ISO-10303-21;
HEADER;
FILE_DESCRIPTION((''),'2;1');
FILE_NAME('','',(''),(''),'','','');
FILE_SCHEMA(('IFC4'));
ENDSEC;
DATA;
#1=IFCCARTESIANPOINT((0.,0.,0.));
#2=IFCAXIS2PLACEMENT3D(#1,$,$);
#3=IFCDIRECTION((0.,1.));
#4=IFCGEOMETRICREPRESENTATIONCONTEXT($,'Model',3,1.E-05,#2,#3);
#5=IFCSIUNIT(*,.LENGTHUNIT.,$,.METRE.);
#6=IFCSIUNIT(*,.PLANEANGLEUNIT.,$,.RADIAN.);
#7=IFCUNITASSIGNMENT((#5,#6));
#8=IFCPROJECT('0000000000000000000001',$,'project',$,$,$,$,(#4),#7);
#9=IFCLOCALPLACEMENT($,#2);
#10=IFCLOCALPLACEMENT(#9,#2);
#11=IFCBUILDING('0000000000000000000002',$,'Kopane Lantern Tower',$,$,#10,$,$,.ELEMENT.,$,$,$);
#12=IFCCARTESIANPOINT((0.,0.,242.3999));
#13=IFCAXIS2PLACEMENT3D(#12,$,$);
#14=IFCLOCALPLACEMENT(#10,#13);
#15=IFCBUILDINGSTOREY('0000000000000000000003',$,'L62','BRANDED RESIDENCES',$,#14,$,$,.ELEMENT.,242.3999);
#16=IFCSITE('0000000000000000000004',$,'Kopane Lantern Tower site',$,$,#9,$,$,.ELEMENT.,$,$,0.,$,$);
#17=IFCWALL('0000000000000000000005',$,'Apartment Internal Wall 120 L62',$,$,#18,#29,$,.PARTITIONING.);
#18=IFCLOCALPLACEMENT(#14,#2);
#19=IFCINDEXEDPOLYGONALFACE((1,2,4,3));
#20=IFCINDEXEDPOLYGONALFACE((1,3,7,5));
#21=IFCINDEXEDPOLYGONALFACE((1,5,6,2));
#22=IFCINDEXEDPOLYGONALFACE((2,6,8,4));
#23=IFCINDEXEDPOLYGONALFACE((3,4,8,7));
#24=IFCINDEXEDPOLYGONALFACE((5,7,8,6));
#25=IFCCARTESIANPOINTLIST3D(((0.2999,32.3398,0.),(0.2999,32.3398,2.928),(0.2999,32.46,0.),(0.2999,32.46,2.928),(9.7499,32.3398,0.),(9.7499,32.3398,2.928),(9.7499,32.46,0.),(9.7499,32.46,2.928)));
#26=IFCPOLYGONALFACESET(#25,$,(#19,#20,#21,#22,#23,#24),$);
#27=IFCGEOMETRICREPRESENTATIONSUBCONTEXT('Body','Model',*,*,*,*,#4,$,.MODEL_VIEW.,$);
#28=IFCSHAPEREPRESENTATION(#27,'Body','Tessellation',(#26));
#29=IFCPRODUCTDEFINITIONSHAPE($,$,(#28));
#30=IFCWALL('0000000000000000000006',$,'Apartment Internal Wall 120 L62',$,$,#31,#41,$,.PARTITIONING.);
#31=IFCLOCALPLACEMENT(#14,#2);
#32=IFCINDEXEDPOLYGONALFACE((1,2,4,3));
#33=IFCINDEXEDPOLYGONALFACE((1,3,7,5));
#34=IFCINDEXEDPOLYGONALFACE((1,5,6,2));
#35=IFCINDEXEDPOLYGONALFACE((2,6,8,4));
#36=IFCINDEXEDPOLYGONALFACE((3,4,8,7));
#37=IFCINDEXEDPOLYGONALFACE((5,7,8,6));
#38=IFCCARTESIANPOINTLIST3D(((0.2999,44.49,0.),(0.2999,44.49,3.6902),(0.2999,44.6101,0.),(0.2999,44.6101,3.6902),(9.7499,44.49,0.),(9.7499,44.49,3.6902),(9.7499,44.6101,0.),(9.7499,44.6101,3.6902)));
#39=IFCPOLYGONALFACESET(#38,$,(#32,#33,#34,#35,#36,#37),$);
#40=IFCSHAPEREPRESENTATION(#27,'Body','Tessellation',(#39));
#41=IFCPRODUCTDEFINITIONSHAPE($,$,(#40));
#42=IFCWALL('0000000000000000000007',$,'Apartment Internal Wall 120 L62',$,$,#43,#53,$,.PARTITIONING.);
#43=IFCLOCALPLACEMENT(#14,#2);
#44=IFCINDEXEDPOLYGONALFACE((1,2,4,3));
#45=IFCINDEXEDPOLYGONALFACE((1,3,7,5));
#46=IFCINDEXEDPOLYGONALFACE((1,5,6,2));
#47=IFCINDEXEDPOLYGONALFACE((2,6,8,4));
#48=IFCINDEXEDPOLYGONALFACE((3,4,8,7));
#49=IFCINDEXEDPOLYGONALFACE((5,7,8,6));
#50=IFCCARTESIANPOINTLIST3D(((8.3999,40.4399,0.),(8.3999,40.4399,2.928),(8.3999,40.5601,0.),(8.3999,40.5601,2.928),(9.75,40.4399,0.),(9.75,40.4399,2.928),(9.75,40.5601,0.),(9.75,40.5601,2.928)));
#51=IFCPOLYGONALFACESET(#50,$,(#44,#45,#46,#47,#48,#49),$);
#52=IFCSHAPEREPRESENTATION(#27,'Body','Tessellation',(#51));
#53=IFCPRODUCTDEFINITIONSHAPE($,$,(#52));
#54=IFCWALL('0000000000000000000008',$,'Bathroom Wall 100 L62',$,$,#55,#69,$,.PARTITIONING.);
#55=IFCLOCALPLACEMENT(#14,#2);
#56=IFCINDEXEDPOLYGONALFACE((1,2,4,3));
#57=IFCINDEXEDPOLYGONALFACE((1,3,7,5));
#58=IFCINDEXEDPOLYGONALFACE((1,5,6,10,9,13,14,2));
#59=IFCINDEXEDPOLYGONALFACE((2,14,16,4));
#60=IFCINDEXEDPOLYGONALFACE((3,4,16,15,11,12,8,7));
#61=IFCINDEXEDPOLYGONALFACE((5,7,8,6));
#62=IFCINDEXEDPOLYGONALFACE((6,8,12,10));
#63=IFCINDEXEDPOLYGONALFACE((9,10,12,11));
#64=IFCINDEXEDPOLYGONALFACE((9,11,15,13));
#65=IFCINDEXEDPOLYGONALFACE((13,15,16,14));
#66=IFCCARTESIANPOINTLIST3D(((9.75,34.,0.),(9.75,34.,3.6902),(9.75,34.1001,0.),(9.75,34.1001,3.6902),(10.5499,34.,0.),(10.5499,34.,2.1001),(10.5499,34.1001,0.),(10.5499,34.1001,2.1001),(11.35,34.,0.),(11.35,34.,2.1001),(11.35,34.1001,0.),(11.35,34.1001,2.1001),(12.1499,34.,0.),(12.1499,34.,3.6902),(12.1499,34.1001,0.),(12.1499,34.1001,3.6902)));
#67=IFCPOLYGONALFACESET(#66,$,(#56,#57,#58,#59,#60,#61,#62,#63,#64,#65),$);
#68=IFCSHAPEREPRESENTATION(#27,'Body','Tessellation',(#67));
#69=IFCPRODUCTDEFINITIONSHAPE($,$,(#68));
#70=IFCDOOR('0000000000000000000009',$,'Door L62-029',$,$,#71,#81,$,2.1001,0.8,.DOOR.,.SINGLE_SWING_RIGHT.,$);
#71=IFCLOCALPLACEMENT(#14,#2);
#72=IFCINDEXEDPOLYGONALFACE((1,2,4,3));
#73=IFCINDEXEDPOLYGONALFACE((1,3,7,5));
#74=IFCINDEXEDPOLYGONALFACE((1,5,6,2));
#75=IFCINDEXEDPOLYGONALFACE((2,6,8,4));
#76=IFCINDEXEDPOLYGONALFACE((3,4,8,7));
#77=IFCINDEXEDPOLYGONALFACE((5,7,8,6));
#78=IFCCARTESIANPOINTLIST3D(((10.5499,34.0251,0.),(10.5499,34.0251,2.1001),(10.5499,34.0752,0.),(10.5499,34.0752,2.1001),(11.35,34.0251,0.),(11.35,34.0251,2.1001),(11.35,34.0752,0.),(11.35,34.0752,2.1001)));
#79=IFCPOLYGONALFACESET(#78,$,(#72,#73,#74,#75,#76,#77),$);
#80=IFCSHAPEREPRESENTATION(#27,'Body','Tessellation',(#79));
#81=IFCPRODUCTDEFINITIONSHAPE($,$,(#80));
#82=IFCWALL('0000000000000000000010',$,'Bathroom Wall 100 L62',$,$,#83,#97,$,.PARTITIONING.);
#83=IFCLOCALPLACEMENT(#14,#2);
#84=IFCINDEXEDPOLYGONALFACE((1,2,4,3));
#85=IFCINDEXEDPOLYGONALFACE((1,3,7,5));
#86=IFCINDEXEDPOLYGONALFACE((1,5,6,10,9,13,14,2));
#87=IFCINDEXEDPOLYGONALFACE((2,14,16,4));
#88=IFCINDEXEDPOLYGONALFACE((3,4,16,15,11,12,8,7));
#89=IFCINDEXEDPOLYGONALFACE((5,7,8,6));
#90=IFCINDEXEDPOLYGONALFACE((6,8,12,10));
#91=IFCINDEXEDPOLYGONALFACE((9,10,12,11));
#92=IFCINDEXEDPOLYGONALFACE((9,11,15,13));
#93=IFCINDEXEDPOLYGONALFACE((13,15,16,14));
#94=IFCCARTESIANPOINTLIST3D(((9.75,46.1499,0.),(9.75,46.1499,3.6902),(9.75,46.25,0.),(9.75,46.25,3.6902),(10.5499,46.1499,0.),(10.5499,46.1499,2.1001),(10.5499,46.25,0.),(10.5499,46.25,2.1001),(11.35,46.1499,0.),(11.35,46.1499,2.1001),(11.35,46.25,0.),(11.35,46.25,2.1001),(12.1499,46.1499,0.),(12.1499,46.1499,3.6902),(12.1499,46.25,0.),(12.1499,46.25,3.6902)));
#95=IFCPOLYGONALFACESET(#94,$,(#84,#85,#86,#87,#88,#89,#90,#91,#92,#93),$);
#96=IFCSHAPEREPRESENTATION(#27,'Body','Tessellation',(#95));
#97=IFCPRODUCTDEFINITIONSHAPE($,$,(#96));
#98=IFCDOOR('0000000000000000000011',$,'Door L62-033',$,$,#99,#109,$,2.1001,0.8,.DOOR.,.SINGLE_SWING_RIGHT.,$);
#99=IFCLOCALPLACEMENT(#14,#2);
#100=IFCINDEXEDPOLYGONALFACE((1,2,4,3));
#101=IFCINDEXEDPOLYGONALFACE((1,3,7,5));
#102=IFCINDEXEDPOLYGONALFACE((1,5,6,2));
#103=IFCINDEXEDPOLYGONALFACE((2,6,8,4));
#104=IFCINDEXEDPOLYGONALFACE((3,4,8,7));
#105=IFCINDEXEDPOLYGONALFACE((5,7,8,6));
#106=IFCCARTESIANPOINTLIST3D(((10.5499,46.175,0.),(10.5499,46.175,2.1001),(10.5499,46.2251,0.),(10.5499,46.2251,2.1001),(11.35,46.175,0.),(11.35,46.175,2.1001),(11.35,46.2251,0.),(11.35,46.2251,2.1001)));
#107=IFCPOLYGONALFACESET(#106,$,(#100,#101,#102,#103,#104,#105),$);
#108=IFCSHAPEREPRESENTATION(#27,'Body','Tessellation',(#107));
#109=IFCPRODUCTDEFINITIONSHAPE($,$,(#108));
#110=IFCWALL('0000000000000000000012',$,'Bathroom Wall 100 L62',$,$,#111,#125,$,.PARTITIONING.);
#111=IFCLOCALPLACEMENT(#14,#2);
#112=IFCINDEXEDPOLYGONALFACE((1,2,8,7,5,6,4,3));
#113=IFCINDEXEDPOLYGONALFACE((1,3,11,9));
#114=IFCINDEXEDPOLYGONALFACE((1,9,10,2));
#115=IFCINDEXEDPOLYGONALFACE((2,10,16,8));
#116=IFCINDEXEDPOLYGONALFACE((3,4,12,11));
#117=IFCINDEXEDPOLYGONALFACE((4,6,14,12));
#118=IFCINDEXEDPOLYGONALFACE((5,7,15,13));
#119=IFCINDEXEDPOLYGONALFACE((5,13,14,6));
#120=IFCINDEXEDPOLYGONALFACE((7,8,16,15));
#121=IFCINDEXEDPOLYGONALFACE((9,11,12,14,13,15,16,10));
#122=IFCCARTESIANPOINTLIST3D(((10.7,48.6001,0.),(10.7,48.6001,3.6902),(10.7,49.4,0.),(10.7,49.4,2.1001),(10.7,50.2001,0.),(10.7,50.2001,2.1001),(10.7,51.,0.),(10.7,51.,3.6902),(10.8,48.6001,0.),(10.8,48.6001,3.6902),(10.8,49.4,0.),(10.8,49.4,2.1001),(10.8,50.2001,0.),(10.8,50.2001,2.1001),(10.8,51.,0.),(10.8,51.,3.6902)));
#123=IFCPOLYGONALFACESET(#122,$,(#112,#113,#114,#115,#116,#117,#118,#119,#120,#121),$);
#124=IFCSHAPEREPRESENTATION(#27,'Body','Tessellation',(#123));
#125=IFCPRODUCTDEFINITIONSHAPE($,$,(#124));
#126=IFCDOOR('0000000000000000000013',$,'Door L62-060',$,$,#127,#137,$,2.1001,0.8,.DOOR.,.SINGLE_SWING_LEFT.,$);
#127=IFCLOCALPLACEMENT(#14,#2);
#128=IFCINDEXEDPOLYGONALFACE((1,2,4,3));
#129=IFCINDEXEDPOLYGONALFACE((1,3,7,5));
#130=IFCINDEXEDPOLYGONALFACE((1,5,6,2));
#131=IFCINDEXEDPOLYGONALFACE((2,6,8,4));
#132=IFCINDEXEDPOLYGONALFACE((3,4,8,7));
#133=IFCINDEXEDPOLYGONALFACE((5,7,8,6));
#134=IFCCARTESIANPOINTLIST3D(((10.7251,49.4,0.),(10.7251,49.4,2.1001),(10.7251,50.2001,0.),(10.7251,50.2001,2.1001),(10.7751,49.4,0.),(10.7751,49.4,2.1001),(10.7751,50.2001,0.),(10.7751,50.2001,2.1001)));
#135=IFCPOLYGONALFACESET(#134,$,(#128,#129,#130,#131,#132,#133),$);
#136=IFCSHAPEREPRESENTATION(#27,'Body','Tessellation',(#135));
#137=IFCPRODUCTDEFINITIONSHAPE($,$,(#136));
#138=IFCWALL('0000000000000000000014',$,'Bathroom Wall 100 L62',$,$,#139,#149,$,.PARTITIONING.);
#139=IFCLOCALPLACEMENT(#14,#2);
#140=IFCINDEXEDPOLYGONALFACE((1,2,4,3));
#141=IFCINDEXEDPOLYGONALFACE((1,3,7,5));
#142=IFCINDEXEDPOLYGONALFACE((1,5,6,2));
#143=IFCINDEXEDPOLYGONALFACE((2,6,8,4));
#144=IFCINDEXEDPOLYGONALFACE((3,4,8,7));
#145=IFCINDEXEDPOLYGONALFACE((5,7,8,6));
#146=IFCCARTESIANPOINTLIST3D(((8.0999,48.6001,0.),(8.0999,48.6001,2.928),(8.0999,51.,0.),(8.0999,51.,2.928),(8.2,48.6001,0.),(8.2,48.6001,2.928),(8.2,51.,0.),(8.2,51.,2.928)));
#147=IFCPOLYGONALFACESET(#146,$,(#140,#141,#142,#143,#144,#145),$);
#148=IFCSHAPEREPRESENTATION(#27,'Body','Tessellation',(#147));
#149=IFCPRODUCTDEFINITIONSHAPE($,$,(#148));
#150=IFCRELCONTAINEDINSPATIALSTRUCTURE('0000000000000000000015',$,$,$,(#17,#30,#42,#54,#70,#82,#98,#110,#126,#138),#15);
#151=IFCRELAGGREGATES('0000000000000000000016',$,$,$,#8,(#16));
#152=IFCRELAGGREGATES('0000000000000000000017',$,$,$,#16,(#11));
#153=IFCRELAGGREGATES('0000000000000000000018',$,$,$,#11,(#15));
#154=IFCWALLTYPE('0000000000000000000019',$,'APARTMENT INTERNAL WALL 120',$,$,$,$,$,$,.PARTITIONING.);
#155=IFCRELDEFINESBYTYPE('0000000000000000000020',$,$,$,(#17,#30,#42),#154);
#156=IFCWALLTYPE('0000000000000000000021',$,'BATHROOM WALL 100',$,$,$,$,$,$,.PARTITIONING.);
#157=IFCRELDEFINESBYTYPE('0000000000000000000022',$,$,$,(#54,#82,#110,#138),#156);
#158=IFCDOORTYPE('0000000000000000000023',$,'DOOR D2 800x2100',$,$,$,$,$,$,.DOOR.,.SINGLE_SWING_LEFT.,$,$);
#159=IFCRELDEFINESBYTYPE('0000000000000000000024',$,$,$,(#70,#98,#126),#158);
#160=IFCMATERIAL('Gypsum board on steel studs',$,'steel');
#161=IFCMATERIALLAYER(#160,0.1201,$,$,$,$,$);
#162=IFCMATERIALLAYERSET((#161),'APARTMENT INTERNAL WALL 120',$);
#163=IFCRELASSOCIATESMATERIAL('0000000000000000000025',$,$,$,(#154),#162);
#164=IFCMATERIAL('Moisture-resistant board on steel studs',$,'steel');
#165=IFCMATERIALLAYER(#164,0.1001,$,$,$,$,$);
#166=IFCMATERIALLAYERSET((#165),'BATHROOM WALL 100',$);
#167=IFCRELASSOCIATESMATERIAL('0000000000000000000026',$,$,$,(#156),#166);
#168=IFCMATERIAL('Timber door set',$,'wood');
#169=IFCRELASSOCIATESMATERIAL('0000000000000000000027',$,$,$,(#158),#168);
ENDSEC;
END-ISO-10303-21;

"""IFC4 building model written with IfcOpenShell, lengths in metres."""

from ifc_helpers import new_model, si_unit, direction, frame, frame_2d, origin, place, context, subcontext, project, spatial, rectangle, extrude, material, layer, layer_set, type_object, element, fill, save


model = new_model("IFC4")

# Units and contexts
model_context = context("Model", 3, precision=1e-05, world=origin(), true_north=direction((0.0, 1.0)))
body_context = subcontext(model_context, "Body", "Model", "MODEL_VIEW")
ifc_project = project(units=[si_unit("LENGTHUNIT", "METRE"), si_unit("PLANEANGLEUNIT", "RADIAN")], contexts=[model_context])

# Site, building, storey
site_placement = place(None, origin())
site = spatial("IfcSite", under=ifc_project, at=site_placement, Name="Kopane Lantern Tower site", CompositionType="ELEMENT", RefElevation=0.0)
building_placement = place(site_placement, origin())
building = spatial("IfcBuilding", under=site, at=building_placement, Name="Kopane Lantern Tower", CompositionType="ELEMENT")
storey_placement = place(building_placement, frame((0.0, 0.0, 242.3999)))
storey = spatial("IfcBuildingStorey", under=building, at=storey_placement, Name="L62", Description="BRANDED RESIDENCES", CompositionType="ELEMENT", Elevation=242.3999)

# Walls
ifc_material_1 = material(Name="Gypsum board on steel studs", Category="steel")
ifc_layer_1 = layer(ifc_material_1, 0.1201)
ifc_layer_set_1 = layer_set([ifc_layer_1], Name="APARTMENT INTERNAL WALL 120")
wall_type_1 = type_object("IfcWallType", Name="APARTMENT INTERNAL WALL 120", PredefinedType="PARTITIONING", material=ifc_layer_set_1)
wall_1_placement = place(storey_placement, frame((9.75, 32.3999, 0.0), z_axis=(0.0, 0.0, 1.0), x_axis=(-1.0, 0.0, 0.0)))
element("IfcWall", 1, at=wall_1_placement, inside=storey, type_object=wall_type_1, Name="Apartment Internal Wall 120 L62", PredefinedType="PARTITIONING", context=body_context, shape_type="SweptSolid", body=[
    extrude(rectangle(XDim=9.45, YDim=0.1201, at=frame_2d((4.7251, 0.0))), origin(), (0.0, 0.0, 1.0), 2.928),
])
wall_2_placement = place(storey_placement, frame((9.75, 44.55, 0.0), z_axis=(0.0, 0.0, 1.0), x_axis=(-1.0, 0.0, 0.0)))
element("IfcWall", 2, at=wall_2_placement, inside=storey, type_object=wall_type_1, Name="Apartment Internal Wall 120 L62", PredefinedType="PARTITIONING", context=body_context, shape_type="SweptSolid", body=[
    extrude(rectangle(XDim=9.45, YDim=0.1201, at=frame_2d((4.7251, 0.0))), origin(), (0.0, 0.0, 1.0), 3.6902),
])
wall_3_placement = place(storey_placement, frame((9.75, 40.5, 0.0), z_axis=(0.0, 0.0, 1.0), x_axis=(-1.0, 0.0, 0.0)))
element("IfcWall", 3, at=wall_3_placement, inside=storey, type_object=wall_type_1, Name="Apartment Internal Wall 120 L62", PredefinedType="PARTITIONING", context=body_context, shape_type="SweptSolid", body=[
    extrude(rectangle(XDim=1.3501, YDim=0.1201, at=frame_2d((0.675, 0.0))), origin(), (0.0, 0.0, 1.0), 2.928),
])

# Walls, openings, doors
ifc_material_2 = material(Name="Moisture-resistant board on steel studs", Category="steel")
ifc_layer_2 = layer(ifc_material_2, 0.1001)
ifc_layer_set_2 = layer_set([ifc_layer_2], Name="BATHROOM WALL 100")
wall_type_2 = type_object("IfcWallType", Name="BATHROOM WALL 100", PredefinedType="PARTITIONING", material=ifc_layer_set_2)
wall_4_placement = place(storey_placement, frame((12.1499, 34.05, 0.0), z_axis=(0.0, 0.0, 1.0), x_axis=(-1.0, 0.0, 0.0)))
wall_4 = element("IfcWall", 4, at=wall_4_placement, inside=storey, type_object=wall_type_2, Name="Bathroom Wall 100 L62", PredefinedType="PARTITIONING", context=body_context, shape_type="SweptSolid", body=[
    extrude(rectangle(XDim=2.3999, YDim=0.1001, at=frame_2d((1.2, 0.0))), origin(), (0.0, 0.0, 1.0), 3.6902),
])
opening_1_placement = place(wall_4_placement, frame((0.8, 0.0, 0.0)))
opening_1 = element("IfcOpeningElement", 5, at=opening_1_placement, cuts=wall_4, PredefinedType="OPENING", context=body_context, shape_type="SweptSolid", body=[
    extrude(rectangle(XDim=0.8, YDim=2.1001, at=frame_2d((0.3999, 1.05))), frame((0.0, 0.0601, 0.0), z_axis=(0.0, -1.0, 0.0), x_axis=(1.0, 0.0, 0.0)), (0.0, 0.0, 1.0), 0.1201),
])
ifc_material_3 = material(Name="Timber door set", Category="wood")
door_type_1 = type_object("IfcDoorType", Name="DOOR D2 800x2100", OperationType="SINGLE_SWING_LEFT", PredefinedType="DOOR", material=ifc_material_3)
door_1_placement = place(opening_1_placement, origin())
door_1 = element("IfcDoor", 6, at=door_1_placement, inside=storey, type_object=door_type_1, Name="Door L62-029", OperationType="SINGLE_SWING_RIGHT", OverallHeight=2.1001, OverallWidth=0.8, PredefinedType="DOOR", context=body_context, shape_type="SweptSolid", body=[
    extrude(rectangle(XDim=0.8, YDim=2.1001, at=frame_2d((0.3999, 1.05))), frame((0.0, 0.0249, 0.0), z_axis=(0.0, -1.0, 0.0), x_axis=(1.0, 0.0, 0.0)), (0.0, 0.0, 1.0), 0.05),
])
fill(opening_1, door_1)
wall_5_placement = place(storey_placement, frame((12.1499, 46.2, 0.0), z_axis=(0.0, 0.0, 1.0), x_axis=(-1.0, 0.0, 0.0)))
wall_5 = element("IfcWall", 7, at=wall_5_placement, inside=storey, type_object=wall_type_2, Name="Bathroom Wall 100 L62", PredefinedType="PARTITIONING", context=body_context, shape_type="SweptSolid", body=[
    extrude(rectangle(XDim=2.3999, YDim=0.1001, at=frame_2d((1.2, 0.0))), origin(), (0.0, 0.0, 1.0), 3.6902),
])
opening_2_placement = place(wall_5_placement, frame((0.8, 0.0, 0.0)))
opening_2 = element("IfcOpeningElement", 8, at=opening_2_placement, cuts=wall_5, PredefinedType="OPENING", context=body_context, shape_type="SweptSolid", body=[
    extrude(rectangle(XDim=0.8, YDim=2.1001, at=frame_2d((0.3999, 1.05))), frame((0.0, 0.0601, 0.0), z_axis=(0.0, -1.0, 0.0), x_axis=(1.0, 0.0, 0.0)), (0.0, 0.0, 1.0), 0.1201),
])
door_2_placement = place(opening_2_placement, origin())
door_2 = element("IfcDoor", 9, at=door_2_placement, inside=storey, type_object=door_type_1, Name="Door L62-033", OperationType="SINGLE_SWING_RIGHT", OverallHeight=2.1001, OverallWidth=0.8, PredefinedType="DOOR", context=body_context, shape_type="SweptSolid", body=[
    extrude(rectangle(XDim=0.8, YDim=2.1001, at=frame_2d((0.3999, 1.05))), frame((0.0, 0.0249, 0.0), z_axis=(0.0, -1.0, 0.0), x_axis=(1.0, 0.0, 0.0)), (0.0, 0.0, 1.0), 0.05),
])
fill(opening_2, door_2)
wall_6_placement = place(storey_placement, frame((10.75, 48.6001, 0.0), z_axis=(0.0, 0.0, 1.0), x_axis=(0.0, 1.0, 0.0)))
wall_6 = element("IfcWall", 10, at=wall_6_placement, inside=storey, type_object=wall_type_2, Name="Bathroom Wall 100 L62", PredefinedType="PARTITIONING", context=body_context, shape_type="SweptSolid", body=[
    extrude(rectangle(XDim=2.3999, YDim=0.1001, at=frame_2d((1.2, 0.0))), origin(), (0.0, 0.0, 1.0), 3.6902),
])
opening_3_placement = place(wall_6_placement, frame((0.8, 0.0, 0.0)))
opening_3 = element("IfcOpeningElement", 11, at=opening_3_placement, cuts=wall_6, PredefinedType="OPENING", context=body_context, shape_type="SweptSolid", body=[
    extrude(rectangle(XDim=0.8, YDim=2.1001, at=frame_2d((0.3999, 1.05))), frame((0.0, 0.0601, 0.0), z_axis=(0.0, -1.0, 0.0), x_axis=(1.0, 0.0, 0.0)), (0.0, 0.0, 1.0), 0.1201),
])
door_3_placement = place(opening_3_placement, origin())
door_3 = element("IfcDoor", 12, at=door_3_placement, inside=storey, type_object=door_type_1, Name="Door L62-060", OperationType="SINGLE_SWING_LEFT", OverallHeight=2.1001, OverallWidth=0.8, PredefinedType="DOOR", context=body_context, shape_type="SweptSolid", body=[
    extrude(rectangle(XDim=0.8, YDim=2.1001, at=frame_2d((0.3999, 1.05))), frame((0.0, 0.0249, 0.0), z_axis=(0.0, -1.0, 0.0), x_axis=(1.0, 0.0, 0.0)), (0.0, 0.0, 1.0), 0.05),
])
fill(opening_3, door_3)

# Wall
wall_7_placement = place(storey_placement, frame((8.1499, 48.6001, 0.0), z_axis=(0.0, 0.0, 1.0), x_axis=(0.0, 1.0, 0.0)))
element("IfcWall", 13, at=wall_7_placement, inside=storey, type_object=wall_type_2, Name="Bathroom Wall 100 L62", PredefinedType="PARTITIONING", context=body_context, shape_type="SweptSolid", body=[
    extrude(rectangle(XDim=2.3999, YDim=0.1001, at=frame_2d((1.2, 0.0))), origin(), (0.0, 0.0, 1.0), 2.928),
])

save(model, "model.ifc")
